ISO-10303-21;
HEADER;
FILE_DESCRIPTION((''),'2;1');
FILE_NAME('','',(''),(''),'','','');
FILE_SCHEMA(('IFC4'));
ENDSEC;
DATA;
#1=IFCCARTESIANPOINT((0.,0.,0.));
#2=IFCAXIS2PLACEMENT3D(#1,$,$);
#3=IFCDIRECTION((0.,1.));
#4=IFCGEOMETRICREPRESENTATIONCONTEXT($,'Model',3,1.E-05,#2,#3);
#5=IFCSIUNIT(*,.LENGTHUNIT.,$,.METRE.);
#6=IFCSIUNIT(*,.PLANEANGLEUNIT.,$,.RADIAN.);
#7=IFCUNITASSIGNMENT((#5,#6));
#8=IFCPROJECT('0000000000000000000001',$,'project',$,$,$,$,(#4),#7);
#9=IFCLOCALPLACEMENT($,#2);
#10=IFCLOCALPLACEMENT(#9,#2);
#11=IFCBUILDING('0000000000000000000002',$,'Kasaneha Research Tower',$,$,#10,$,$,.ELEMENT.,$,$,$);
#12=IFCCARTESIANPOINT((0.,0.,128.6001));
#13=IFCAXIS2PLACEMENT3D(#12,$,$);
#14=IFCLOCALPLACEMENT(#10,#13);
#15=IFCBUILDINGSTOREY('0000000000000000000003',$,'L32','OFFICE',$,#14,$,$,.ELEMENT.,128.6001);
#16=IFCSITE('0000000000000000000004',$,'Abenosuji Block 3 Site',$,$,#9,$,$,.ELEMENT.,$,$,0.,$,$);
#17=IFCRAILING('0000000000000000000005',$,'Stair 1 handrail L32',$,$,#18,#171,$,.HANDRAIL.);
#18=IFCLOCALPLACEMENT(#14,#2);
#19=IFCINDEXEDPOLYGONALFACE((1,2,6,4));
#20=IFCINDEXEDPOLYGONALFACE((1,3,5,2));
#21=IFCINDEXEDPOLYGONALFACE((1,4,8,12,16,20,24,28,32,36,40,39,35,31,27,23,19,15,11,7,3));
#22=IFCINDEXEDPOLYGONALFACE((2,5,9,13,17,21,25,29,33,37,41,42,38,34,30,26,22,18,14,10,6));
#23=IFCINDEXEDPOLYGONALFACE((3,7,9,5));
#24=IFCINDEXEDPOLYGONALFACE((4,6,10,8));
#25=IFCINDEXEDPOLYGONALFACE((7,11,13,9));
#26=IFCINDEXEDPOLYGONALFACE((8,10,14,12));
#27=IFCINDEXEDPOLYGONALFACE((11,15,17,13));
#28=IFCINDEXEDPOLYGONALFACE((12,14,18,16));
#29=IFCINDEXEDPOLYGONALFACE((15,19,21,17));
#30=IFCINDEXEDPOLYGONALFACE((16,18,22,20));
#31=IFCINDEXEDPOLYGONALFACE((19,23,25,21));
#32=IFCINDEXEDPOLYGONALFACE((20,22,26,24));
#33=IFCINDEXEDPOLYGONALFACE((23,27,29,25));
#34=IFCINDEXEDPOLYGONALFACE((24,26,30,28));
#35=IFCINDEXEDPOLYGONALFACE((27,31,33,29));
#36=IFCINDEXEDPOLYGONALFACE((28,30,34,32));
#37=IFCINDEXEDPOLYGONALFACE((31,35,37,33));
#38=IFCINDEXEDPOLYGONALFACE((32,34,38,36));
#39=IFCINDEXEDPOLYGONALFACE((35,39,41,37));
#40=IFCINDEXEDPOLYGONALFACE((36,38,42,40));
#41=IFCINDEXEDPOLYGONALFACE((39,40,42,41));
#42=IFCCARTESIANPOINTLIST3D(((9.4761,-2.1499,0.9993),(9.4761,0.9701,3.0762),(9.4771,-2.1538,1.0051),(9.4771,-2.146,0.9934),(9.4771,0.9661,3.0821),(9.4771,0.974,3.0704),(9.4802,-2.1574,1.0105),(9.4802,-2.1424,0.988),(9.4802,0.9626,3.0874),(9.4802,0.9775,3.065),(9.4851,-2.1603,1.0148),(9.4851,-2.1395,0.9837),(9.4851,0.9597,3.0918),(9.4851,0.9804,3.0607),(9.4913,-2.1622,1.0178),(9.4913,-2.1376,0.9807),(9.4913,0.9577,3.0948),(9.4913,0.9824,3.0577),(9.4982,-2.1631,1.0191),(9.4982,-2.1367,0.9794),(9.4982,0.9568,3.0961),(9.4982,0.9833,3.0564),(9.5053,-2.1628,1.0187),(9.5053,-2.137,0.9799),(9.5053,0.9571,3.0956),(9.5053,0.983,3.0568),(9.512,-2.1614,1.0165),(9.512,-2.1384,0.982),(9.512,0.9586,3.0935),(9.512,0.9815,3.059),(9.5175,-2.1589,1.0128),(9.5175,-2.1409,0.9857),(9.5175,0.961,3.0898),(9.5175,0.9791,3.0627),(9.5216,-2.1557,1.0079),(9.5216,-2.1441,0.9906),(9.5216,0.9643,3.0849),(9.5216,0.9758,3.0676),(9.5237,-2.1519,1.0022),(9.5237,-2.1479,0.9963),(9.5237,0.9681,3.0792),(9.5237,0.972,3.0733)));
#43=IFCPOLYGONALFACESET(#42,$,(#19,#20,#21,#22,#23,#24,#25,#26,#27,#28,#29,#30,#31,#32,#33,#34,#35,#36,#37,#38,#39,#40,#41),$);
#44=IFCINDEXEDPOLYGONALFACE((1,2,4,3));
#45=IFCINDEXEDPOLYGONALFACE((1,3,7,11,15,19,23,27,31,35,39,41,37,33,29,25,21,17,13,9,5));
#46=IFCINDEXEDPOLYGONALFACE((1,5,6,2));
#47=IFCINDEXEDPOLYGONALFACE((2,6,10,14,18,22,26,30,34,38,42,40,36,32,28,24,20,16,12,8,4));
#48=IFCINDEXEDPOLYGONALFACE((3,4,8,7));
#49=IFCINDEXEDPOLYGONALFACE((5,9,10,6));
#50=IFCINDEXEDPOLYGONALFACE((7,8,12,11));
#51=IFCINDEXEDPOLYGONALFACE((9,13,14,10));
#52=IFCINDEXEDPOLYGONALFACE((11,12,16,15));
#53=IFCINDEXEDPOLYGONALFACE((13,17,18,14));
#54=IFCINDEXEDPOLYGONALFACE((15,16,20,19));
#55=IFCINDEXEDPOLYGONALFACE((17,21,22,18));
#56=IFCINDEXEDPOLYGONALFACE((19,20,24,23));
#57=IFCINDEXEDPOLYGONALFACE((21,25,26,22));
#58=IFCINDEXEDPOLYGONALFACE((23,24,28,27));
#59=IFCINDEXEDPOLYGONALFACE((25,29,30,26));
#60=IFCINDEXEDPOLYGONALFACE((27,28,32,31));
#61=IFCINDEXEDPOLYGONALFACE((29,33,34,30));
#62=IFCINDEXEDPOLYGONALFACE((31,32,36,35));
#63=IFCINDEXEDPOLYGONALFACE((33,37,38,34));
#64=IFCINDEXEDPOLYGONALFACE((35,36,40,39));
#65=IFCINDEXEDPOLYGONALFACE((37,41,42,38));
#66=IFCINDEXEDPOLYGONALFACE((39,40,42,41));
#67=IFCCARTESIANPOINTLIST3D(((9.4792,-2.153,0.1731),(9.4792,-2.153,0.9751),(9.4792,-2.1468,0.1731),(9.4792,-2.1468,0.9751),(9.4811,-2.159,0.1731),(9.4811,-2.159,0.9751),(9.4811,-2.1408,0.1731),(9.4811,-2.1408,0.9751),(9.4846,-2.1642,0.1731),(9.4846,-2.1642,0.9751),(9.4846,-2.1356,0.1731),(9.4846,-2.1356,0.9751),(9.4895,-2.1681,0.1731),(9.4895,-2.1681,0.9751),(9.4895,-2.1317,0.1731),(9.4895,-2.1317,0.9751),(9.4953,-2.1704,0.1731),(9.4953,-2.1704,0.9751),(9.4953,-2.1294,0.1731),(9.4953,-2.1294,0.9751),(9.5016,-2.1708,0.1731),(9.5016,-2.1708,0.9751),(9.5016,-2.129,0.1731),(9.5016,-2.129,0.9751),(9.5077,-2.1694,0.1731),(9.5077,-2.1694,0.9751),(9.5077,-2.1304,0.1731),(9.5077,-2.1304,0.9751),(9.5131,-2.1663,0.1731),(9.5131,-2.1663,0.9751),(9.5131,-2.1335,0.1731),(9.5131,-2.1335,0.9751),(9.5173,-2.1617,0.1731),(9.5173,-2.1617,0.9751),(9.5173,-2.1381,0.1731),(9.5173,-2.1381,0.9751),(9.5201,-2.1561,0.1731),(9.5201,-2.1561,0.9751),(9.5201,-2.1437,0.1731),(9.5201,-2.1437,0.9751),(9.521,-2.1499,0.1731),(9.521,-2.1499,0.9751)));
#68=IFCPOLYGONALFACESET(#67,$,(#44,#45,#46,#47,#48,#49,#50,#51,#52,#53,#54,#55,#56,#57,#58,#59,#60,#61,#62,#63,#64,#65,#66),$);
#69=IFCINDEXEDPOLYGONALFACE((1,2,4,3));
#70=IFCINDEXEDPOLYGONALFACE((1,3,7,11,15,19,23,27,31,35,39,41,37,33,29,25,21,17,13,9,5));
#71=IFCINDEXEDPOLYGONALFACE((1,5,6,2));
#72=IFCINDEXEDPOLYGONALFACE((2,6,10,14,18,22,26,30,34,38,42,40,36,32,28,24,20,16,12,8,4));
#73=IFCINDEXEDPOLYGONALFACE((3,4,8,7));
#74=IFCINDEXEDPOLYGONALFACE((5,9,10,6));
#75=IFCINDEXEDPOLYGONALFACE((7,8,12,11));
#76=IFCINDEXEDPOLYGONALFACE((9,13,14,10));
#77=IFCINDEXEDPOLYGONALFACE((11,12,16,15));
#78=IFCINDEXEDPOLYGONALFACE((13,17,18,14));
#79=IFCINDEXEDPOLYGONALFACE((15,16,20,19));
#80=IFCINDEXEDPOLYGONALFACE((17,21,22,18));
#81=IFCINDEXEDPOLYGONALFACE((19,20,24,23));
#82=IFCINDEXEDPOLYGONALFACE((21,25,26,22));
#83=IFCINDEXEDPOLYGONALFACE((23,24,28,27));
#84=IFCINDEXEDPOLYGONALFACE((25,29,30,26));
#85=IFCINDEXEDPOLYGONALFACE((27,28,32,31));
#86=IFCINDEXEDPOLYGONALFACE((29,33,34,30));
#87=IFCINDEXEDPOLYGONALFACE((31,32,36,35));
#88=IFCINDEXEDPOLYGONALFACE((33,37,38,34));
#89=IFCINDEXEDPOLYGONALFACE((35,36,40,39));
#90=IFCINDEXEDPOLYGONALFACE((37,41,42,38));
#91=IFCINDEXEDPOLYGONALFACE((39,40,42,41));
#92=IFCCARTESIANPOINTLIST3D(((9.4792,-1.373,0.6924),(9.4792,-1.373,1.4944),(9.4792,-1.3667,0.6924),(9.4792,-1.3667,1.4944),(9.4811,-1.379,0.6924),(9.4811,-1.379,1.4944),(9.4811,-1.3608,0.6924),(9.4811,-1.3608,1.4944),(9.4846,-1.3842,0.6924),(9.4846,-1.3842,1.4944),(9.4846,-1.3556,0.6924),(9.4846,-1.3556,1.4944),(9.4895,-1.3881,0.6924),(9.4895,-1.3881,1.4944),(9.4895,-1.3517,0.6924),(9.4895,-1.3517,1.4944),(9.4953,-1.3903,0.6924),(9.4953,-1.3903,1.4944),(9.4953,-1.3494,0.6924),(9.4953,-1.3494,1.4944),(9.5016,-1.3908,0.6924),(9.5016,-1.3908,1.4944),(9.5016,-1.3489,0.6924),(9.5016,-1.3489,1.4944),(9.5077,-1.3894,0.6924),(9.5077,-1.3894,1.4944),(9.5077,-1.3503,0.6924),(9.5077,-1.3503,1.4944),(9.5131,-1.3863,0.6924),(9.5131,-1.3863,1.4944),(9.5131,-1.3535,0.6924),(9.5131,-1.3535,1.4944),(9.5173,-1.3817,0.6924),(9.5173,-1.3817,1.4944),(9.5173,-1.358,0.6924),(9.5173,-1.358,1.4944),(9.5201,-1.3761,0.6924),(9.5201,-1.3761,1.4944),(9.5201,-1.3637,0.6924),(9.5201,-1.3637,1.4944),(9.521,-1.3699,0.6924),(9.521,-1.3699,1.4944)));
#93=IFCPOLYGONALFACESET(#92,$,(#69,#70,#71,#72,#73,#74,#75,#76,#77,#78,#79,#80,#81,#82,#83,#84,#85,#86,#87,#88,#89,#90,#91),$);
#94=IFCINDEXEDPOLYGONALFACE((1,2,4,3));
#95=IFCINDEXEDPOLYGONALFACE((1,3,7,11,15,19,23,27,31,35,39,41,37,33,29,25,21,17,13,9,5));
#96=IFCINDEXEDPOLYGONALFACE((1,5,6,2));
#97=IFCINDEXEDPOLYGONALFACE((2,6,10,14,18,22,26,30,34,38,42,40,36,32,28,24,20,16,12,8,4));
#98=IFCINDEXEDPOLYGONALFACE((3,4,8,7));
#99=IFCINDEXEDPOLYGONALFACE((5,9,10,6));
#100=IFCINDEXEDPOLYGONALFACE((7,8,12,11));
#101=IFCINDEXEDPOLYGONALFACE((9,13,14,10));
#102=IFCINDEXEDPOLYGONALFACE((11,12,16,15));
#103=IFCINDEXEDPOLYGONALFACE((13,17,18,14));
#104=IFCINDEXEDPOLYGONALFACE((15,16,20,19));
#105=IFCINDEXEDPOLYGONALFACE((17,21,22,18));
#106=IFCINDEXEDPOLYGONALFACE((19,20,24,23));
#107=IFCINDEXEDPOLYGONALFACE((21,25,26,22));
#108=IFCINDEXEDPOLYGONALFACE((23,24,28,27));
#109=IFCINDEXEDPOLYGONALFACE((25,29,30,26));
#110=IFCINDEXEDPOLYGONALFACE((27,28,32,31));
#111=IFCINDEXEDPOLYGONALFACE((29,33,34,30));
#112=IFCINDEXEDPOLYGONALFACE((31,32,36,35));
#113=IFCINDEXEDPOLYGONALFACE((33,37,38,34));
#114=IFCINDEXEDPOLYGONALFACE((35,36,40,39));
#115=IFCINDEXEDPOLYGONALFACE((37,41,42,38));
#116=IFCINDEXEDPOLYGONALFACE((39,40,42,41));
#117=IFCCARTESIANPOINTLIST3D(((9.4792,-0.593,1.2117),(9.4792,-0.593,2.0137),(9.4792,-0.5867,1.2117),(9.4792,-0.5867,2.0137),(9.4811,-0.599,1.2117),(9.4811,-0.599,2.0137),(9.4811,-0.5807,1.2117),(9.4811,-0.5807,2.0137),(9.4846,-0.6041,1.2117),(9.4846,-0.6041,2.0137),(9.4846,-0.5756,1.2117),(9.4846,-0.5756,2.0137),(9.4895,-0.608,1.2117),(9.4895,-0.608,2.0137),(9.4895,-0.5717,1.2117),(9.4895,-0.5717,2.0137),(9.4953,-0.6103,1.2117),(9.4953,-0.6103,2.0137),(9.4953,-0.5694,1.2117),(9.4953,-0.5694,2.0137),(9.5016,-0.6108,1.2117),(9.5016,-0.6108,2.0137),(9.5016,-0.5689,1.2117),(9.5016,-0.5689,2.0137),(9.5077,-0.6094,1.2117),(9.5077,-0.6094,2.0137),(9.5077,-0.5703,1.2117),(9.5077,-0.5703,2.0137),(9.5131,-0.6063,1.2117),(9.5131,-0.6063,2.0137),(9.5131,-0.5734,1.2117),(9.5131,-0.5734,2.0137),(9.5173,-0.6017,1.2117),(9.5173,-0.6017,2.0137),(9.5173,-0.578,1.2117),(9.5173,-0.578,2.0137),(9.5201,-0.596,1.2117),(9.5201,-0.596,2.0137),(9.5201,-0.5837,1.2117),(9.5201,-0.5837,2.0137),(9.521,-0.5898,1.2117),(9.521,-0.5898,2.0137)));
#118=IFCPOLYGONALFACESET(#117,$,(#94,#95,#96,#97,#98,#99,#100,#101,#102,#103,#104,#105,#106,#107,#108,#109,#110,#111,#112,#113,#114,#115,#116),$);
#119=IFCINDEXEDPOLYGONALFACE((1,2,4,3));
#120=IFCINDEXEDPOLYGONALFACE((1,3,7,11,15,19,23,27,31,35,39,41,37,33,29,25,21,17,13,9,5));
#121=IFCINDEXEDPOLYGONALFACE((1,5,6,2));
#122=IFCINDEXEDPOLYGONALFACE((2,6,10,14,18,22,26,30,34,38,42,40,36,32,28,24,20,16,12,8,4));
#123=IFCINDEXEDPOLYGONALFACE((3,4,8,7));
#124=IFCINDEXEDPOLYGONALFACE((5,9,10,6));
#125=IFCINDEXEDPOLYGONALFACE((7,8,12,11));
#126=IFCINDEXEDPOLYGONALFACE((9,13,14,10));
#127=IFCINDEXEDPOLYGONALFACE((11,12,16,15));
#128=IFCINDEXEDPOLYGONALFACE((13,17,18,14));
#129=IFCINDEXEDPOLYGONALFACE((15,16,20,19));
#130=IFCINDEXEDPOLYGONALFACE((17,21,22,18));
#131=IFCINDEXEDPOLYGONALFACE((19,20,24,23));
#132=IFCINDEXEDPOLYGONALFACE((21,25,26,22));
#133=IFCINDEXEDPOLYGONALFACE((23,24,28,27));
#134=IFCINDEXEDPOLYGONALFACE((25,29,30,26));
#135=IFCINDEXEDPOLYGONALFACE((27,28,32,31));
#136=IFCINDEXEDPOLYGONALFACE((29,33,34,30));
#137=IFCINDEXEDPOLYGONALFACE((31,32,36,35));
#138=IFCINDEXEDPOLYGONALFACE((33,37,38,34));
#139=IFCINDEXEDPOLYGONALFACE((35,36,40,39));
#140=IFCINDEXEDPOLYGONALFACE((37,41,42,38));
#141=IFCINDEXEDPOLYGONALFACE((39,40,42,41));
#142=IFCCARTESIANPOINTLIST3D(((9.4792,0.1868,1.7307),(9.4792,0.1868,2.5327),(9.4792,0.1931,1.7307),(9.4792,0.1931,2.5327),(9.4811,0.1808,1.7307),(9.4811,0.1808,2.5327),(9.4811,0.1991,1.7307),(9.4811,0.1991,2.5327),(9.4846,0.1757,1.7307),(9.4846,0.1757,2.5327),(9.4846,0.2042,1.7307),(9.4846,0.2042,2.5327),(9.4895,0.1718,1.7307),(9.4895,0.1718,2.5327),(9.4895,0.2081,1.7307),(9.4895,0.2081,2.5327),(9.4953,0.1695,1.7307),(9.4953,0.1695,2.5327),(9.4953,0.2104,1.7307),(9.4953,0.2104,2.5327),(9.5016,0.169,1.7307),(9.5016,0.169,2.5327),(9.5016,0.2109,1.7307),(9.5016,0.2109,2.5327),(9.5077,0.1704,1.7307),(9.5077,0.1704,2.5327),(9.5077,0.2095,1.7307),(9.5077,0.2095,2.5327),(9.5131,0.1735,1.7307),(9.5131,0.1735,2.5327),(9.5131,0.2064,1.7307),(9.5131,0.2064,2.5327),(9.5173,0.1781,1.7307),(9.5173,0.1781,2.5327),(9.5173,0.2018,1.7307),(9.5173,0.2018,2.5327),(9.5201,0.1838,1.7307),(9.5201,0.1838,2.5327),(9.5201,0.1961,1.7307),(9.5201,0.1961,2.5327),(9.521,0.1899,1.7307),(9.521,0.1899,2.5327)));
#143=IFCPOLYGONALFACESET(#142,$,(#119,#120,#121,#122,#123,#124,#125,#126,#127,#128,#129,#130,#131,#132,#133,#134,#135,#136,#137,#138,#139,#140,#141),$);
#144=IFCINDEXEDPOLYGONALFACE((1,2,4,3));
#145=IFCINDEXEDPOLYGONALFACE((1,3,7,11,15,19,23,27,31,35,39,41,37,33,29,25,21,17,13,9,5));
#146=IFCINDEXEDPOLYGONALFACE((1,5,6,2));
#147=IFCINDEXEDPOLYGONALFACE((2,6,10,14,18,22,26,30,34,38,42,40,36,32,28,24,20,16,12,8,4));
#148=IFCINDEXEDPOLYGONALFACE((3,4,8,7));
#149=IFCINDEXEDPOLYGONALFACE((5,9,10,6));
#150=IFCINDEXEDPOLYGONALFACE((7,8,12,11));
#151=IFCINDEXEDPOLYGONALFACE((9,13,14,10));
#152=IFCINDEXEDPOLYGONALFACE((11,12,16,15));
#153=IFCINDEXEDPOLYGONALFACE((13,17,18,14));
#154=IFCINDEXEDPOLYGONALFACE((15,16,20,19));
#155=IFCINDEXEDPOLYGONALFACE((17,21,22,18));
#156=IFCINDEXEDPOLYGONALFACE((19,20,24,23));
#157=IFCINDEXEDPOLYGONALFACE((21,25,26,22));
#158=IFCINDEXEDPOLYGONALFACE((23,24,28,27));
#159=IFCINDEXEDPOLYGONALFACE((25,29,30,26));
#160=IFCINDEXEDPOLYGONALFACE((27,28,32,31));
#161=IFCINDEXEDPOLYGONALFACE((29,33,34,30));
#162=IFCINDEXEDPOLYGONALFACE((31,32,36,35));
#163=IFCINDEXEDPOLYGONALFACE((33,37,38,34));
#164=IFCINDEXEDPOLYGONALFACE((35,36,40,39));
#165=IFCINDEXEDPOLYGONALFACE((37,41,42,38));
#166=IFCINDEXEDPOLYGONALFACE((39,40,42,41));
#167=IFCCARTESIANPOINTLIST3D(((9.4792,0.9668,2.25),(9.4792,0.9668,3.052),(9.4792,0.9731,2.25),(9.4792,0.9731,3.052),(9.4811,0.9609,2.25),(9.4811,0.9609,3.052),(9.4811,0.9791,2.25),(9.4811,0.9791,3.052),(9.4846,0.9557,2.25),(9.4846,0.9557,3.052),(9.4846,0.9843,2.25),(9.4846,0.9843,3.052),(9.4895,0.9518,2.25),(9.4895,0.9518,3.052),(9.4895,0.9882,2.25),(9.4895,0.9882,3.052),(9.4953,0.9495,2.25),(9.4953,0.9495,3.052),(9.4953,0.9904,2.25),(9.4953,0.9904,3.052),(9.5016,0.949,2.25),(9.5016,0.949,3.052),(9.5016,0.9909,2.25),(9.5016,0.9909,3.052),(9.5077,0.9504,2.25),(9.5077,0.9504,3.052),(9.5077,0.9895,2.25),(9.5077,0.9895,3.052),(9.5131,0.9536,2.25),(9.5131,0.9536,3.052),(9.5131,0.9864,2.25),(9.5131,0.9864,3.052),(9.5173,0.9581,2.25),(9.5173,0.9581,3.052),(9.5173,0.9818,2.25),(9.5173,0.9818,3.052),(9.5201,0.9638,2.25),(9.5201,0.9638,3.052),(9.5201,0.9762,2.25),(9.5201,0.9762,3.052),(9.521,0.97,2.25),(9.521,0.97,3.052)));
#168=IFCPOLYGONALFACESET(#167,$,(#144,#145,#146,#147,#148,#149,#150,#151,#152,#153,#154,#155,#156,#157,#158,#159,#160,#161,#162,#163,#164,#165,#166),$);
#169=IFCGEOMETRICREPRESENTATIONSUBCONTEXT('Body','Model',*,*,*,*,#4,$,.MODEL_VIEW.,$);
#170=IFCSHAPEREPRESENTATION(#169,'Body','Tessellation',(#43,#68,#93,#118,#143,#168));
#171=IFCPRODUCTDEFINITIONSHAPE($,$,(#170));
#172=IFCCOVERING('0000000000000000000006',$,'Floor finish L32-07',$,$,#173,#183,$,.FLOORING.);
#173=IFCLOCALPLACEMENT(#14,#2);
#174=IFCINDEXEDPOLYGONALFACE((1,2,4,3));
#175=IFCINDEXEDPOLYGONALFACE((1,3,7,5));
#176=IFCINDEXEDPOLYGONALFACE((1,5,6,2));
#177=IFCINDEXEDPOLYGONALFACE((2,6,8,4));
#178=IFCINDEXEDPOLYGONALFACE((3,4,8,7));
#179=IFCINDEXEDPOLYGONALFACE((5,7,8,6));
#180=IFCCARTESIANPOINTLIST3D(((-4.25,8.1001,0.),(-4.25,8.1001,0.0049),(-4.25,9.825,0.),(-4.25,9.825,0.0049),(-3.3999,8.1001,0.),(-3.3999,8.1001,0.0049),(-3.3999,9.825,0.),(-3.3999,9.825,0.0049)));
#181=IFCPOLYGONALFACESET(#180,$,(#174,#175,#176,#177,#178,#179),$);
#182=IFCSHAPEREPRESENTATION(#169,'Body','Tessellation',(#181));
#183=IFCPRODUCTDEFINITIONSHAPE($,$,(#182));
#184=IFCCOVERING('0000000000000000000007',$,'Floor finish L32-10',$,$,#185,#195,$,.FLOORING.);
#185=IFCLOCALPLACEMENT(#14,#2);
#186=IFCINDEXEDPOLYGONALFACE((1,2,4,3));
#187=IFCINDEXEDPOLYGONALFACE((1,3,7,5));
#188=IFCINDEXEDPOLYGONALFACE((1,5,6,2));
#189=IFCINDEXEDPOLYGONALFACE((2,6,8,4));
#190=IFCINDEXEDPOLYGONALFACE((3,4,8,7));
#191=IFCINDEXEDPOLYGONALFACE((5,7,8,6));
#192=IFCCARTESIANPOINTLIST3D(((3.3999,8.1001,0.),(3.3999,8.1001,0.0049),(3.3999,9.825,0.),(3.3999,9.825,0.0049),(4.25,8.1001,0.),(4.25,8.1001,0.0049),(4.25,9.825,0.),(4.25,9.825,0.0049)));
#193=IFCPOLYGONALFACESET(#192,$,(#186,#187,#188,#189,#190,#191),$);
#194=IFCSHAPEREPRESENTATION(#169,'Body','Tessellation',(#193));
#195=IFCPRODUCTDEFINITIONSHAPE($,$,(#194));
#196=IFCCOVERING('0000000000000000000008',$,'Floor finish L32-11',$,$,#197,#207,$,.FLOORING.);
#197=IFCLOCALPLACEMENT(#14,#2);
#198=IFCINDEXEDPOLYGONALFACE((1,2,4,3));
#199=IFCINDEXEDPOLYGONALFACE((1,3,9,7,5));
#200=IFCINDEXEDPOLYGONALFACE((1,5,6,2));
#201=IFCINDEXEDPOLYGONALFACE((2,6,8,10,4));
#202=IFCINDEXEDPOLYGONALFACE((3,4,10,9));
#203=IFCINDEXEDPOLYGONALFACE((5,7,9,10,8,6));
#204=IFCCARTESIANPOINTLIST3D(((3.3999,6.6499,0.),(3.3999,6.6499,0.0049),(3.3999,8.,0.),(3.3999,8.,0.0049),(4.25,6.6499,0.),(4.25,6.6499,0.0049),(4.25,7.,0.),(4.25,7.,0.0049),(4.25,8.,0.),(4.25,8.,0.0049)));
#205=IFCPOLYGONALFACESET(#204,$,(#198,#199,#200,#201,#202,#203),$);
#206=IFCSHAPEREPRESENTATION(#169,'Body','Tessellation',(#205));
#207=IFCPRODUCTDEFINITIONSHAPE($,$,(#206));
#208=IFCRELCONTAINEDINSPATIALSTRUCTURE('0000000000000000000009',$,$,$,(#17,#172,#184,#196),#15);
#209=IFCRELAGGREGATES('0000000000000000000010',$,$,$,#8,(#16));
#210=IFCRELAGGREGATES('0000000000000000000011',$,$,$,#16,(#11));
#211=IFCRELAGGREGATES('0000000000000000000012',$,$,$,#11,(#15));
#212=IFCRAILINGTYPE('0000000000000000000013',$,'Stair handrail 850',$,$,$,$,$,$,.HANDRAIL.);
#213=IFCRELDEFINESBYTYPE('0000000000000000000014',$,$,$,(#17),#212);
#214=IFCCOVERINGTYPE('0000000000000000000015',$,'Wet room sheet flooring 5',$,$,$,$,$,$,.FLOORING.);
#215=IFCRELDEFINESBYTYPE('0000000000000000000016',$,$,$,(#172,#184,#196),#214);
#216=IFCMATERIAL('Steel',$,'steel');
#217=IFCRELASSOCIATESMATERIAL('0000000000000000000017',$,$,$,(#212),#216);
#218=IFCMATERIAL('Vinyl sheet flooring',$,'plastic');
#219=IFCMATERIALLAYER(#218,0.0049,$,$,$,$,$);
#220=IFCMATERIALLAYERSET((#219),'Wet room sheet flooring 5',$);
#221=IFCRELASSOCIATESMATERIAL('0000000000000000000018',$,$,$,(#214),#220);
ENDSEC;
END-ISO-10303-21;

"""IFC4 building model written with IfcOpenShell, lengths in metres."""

from ifc_helpers import new_model, si_unit, direction, frame, origin, origin_2d, place, context, subcontext, project, spatial, polyline, circle, outline, extrude, material, layer, layer_set, type_object, element, save


model = new_model("IFC4")

# Units and contexts
model_context = context("Model", 3, precision=1e-05, world=origin(), true_north=direction((0.0, 1.0)))
body_context = subcontext(model_context, "Body", "Model", "MODEL_VIEW")
ifc_project = project(units=[si_unit("LENGTHUNIT", "METRE"), si_unit("PLANEANGLEUNIT", "RADIAN")], contexts=[model_context])

# Site, building, storey
site_placement = place(None, origin())
site = spatial("IfcSite", under=ifc_project, at=site_placement, Name="Abenosuji Block 3 Site", CompositionType="ELEMENT", RefElevation=0.0)
building_placement = place(site_placement, origin())
building = spatial("IfcBuilding", under=site, at=building_placement, Name="Kasaneha Research Tower", CompositionType="ELEMENT")
storey_placement = place(building_placement, frame((0.0, 0.0, 128.6001)))
storey = spatial("IfcBuildingStorey", under=building, at=storey_placement, Name="L32", Description="OFFICE", CompositionType="ELEMENT", Elevation=128.6001)

# Railing
ifc_material_1 = material(Name="Steel", Category="steel")
railing_type = type_object("IfcRailingType", Name="Stair handrail 850", PredefinedType="HANDRAIL", material=ifc_material_1)
railing_placement = place(storey_placement, frame((9.5, -2.1499, 0.1731)))
element("IfcRailing", 1, at=railing_placement, inside=storey, type_object=railing_type, Name="Stair 1 handrail L32", PredefinedType="HANDRAIL", context=body_context, shape_type="SweptSolid", body=[
    extrude(circle(Radius=0.0239, at=origin_2d()), frame((0.0, 0.0, 0.8262), z_axis=(0.0, 0.832421, 0.554144), x_axis=(-1.0, 0.0, 0.0)), (0.0, 0.0, 1.0), 3.748),
    extrude(circle(Radius=0.021, at=origin_2d()), origin(), (0.0, 0.0, 1.0), 0.802),
    extrude(circle(Radius=0.021, at=origin_2d()), frame((0.0, 0.78, 0.5193)), (0.0, 0.0, 1.0), 0.802),
    extrude(circle(Radius=0.021, at=origin_2d()), frame((0.0, 1.5601, 1.0386)), (0.0, 0.0, 1.0), 0.802),
    extrude(circle(Radius=0.021, at=origin_2d()), frame((0.0, 2.3398, 1.5576)), (0.0, 0.0, 1.0), 0.802),
    extrude(circle(Radius=0.021, at=origin_2d()), frame((0.0, 3.1199, 2.0769)), (0.0, 0.0, 1.0), 0.802),
])

# Coverings
ifc_material_2 = material(Name="Vinyl sheet flooring", Category="plastic")
ifc_layer_1 = layer(ifc_material_2, 0.0049)
ifc_layer_set_1 = layer_set([ifc_layer_1], Name="Wet room sheet flooring 5")
covering_type = type_object("IfcCoveringType", Name="Wet room sheet flooring 5", PredefinedType="FLOORING", material=ifc_layer_set_1)
covering_1_placement = place(storey_placement, origin())
element("IfcCovering", 2, at=covering_1_placement, inside=storey, type_object=covering_type, Name="Floor finish L32-07", PredefinedType="FLOORING", context=body_context, shape_type="SweptSolid", body=[
    extrude(outline(polyline([(-4.25, 8.1001), (-4.25, 9.825), (-3.3999, 9.825), (-3.3999, 8.1001), (-4.25, 8.1001)])), origin(), (0.0, 0.0, 1.0), 0.0049),
])
covering_2_placement = place(storey_placement, origin())
element("IfcCovering", 3, at=covering_2_placement, inside=storey, type_object=covering_type, Name="Floor finish L32-10", PredefinedType="FLOORING", context=body_context, shape_type="SweptSolid", body=[
    extrude(outline(polyline([(4.25, 8.1001), (3.3999, 8.1001), (3.3999, 9.825), (4.25, 9.825), (4.25, 8.1001)])), origin(), (0.0, 0.0, 1.0), 0.0049),
])
covering_3_placement = place(storey_placement, origin())
element("IfcCovering", 4, at=covering_3_placement, inside=storey, type_object=covering_type, Name="Floor finish L32-11", PredefinedType="FLOORING", context=body_context, shape_type="SweptSolid", body=[
    extrude(outline(polyline([(3.3999, 6.6499), (3.3999, 8.0), (4.25, 8.0), (4.25, 7.0), (4.25, 6.6499), (3.3999, 6.6499)])), origin(), (0.0, 0.0, 1.0), 0.0049),
])

save(model, "model.ifc")
